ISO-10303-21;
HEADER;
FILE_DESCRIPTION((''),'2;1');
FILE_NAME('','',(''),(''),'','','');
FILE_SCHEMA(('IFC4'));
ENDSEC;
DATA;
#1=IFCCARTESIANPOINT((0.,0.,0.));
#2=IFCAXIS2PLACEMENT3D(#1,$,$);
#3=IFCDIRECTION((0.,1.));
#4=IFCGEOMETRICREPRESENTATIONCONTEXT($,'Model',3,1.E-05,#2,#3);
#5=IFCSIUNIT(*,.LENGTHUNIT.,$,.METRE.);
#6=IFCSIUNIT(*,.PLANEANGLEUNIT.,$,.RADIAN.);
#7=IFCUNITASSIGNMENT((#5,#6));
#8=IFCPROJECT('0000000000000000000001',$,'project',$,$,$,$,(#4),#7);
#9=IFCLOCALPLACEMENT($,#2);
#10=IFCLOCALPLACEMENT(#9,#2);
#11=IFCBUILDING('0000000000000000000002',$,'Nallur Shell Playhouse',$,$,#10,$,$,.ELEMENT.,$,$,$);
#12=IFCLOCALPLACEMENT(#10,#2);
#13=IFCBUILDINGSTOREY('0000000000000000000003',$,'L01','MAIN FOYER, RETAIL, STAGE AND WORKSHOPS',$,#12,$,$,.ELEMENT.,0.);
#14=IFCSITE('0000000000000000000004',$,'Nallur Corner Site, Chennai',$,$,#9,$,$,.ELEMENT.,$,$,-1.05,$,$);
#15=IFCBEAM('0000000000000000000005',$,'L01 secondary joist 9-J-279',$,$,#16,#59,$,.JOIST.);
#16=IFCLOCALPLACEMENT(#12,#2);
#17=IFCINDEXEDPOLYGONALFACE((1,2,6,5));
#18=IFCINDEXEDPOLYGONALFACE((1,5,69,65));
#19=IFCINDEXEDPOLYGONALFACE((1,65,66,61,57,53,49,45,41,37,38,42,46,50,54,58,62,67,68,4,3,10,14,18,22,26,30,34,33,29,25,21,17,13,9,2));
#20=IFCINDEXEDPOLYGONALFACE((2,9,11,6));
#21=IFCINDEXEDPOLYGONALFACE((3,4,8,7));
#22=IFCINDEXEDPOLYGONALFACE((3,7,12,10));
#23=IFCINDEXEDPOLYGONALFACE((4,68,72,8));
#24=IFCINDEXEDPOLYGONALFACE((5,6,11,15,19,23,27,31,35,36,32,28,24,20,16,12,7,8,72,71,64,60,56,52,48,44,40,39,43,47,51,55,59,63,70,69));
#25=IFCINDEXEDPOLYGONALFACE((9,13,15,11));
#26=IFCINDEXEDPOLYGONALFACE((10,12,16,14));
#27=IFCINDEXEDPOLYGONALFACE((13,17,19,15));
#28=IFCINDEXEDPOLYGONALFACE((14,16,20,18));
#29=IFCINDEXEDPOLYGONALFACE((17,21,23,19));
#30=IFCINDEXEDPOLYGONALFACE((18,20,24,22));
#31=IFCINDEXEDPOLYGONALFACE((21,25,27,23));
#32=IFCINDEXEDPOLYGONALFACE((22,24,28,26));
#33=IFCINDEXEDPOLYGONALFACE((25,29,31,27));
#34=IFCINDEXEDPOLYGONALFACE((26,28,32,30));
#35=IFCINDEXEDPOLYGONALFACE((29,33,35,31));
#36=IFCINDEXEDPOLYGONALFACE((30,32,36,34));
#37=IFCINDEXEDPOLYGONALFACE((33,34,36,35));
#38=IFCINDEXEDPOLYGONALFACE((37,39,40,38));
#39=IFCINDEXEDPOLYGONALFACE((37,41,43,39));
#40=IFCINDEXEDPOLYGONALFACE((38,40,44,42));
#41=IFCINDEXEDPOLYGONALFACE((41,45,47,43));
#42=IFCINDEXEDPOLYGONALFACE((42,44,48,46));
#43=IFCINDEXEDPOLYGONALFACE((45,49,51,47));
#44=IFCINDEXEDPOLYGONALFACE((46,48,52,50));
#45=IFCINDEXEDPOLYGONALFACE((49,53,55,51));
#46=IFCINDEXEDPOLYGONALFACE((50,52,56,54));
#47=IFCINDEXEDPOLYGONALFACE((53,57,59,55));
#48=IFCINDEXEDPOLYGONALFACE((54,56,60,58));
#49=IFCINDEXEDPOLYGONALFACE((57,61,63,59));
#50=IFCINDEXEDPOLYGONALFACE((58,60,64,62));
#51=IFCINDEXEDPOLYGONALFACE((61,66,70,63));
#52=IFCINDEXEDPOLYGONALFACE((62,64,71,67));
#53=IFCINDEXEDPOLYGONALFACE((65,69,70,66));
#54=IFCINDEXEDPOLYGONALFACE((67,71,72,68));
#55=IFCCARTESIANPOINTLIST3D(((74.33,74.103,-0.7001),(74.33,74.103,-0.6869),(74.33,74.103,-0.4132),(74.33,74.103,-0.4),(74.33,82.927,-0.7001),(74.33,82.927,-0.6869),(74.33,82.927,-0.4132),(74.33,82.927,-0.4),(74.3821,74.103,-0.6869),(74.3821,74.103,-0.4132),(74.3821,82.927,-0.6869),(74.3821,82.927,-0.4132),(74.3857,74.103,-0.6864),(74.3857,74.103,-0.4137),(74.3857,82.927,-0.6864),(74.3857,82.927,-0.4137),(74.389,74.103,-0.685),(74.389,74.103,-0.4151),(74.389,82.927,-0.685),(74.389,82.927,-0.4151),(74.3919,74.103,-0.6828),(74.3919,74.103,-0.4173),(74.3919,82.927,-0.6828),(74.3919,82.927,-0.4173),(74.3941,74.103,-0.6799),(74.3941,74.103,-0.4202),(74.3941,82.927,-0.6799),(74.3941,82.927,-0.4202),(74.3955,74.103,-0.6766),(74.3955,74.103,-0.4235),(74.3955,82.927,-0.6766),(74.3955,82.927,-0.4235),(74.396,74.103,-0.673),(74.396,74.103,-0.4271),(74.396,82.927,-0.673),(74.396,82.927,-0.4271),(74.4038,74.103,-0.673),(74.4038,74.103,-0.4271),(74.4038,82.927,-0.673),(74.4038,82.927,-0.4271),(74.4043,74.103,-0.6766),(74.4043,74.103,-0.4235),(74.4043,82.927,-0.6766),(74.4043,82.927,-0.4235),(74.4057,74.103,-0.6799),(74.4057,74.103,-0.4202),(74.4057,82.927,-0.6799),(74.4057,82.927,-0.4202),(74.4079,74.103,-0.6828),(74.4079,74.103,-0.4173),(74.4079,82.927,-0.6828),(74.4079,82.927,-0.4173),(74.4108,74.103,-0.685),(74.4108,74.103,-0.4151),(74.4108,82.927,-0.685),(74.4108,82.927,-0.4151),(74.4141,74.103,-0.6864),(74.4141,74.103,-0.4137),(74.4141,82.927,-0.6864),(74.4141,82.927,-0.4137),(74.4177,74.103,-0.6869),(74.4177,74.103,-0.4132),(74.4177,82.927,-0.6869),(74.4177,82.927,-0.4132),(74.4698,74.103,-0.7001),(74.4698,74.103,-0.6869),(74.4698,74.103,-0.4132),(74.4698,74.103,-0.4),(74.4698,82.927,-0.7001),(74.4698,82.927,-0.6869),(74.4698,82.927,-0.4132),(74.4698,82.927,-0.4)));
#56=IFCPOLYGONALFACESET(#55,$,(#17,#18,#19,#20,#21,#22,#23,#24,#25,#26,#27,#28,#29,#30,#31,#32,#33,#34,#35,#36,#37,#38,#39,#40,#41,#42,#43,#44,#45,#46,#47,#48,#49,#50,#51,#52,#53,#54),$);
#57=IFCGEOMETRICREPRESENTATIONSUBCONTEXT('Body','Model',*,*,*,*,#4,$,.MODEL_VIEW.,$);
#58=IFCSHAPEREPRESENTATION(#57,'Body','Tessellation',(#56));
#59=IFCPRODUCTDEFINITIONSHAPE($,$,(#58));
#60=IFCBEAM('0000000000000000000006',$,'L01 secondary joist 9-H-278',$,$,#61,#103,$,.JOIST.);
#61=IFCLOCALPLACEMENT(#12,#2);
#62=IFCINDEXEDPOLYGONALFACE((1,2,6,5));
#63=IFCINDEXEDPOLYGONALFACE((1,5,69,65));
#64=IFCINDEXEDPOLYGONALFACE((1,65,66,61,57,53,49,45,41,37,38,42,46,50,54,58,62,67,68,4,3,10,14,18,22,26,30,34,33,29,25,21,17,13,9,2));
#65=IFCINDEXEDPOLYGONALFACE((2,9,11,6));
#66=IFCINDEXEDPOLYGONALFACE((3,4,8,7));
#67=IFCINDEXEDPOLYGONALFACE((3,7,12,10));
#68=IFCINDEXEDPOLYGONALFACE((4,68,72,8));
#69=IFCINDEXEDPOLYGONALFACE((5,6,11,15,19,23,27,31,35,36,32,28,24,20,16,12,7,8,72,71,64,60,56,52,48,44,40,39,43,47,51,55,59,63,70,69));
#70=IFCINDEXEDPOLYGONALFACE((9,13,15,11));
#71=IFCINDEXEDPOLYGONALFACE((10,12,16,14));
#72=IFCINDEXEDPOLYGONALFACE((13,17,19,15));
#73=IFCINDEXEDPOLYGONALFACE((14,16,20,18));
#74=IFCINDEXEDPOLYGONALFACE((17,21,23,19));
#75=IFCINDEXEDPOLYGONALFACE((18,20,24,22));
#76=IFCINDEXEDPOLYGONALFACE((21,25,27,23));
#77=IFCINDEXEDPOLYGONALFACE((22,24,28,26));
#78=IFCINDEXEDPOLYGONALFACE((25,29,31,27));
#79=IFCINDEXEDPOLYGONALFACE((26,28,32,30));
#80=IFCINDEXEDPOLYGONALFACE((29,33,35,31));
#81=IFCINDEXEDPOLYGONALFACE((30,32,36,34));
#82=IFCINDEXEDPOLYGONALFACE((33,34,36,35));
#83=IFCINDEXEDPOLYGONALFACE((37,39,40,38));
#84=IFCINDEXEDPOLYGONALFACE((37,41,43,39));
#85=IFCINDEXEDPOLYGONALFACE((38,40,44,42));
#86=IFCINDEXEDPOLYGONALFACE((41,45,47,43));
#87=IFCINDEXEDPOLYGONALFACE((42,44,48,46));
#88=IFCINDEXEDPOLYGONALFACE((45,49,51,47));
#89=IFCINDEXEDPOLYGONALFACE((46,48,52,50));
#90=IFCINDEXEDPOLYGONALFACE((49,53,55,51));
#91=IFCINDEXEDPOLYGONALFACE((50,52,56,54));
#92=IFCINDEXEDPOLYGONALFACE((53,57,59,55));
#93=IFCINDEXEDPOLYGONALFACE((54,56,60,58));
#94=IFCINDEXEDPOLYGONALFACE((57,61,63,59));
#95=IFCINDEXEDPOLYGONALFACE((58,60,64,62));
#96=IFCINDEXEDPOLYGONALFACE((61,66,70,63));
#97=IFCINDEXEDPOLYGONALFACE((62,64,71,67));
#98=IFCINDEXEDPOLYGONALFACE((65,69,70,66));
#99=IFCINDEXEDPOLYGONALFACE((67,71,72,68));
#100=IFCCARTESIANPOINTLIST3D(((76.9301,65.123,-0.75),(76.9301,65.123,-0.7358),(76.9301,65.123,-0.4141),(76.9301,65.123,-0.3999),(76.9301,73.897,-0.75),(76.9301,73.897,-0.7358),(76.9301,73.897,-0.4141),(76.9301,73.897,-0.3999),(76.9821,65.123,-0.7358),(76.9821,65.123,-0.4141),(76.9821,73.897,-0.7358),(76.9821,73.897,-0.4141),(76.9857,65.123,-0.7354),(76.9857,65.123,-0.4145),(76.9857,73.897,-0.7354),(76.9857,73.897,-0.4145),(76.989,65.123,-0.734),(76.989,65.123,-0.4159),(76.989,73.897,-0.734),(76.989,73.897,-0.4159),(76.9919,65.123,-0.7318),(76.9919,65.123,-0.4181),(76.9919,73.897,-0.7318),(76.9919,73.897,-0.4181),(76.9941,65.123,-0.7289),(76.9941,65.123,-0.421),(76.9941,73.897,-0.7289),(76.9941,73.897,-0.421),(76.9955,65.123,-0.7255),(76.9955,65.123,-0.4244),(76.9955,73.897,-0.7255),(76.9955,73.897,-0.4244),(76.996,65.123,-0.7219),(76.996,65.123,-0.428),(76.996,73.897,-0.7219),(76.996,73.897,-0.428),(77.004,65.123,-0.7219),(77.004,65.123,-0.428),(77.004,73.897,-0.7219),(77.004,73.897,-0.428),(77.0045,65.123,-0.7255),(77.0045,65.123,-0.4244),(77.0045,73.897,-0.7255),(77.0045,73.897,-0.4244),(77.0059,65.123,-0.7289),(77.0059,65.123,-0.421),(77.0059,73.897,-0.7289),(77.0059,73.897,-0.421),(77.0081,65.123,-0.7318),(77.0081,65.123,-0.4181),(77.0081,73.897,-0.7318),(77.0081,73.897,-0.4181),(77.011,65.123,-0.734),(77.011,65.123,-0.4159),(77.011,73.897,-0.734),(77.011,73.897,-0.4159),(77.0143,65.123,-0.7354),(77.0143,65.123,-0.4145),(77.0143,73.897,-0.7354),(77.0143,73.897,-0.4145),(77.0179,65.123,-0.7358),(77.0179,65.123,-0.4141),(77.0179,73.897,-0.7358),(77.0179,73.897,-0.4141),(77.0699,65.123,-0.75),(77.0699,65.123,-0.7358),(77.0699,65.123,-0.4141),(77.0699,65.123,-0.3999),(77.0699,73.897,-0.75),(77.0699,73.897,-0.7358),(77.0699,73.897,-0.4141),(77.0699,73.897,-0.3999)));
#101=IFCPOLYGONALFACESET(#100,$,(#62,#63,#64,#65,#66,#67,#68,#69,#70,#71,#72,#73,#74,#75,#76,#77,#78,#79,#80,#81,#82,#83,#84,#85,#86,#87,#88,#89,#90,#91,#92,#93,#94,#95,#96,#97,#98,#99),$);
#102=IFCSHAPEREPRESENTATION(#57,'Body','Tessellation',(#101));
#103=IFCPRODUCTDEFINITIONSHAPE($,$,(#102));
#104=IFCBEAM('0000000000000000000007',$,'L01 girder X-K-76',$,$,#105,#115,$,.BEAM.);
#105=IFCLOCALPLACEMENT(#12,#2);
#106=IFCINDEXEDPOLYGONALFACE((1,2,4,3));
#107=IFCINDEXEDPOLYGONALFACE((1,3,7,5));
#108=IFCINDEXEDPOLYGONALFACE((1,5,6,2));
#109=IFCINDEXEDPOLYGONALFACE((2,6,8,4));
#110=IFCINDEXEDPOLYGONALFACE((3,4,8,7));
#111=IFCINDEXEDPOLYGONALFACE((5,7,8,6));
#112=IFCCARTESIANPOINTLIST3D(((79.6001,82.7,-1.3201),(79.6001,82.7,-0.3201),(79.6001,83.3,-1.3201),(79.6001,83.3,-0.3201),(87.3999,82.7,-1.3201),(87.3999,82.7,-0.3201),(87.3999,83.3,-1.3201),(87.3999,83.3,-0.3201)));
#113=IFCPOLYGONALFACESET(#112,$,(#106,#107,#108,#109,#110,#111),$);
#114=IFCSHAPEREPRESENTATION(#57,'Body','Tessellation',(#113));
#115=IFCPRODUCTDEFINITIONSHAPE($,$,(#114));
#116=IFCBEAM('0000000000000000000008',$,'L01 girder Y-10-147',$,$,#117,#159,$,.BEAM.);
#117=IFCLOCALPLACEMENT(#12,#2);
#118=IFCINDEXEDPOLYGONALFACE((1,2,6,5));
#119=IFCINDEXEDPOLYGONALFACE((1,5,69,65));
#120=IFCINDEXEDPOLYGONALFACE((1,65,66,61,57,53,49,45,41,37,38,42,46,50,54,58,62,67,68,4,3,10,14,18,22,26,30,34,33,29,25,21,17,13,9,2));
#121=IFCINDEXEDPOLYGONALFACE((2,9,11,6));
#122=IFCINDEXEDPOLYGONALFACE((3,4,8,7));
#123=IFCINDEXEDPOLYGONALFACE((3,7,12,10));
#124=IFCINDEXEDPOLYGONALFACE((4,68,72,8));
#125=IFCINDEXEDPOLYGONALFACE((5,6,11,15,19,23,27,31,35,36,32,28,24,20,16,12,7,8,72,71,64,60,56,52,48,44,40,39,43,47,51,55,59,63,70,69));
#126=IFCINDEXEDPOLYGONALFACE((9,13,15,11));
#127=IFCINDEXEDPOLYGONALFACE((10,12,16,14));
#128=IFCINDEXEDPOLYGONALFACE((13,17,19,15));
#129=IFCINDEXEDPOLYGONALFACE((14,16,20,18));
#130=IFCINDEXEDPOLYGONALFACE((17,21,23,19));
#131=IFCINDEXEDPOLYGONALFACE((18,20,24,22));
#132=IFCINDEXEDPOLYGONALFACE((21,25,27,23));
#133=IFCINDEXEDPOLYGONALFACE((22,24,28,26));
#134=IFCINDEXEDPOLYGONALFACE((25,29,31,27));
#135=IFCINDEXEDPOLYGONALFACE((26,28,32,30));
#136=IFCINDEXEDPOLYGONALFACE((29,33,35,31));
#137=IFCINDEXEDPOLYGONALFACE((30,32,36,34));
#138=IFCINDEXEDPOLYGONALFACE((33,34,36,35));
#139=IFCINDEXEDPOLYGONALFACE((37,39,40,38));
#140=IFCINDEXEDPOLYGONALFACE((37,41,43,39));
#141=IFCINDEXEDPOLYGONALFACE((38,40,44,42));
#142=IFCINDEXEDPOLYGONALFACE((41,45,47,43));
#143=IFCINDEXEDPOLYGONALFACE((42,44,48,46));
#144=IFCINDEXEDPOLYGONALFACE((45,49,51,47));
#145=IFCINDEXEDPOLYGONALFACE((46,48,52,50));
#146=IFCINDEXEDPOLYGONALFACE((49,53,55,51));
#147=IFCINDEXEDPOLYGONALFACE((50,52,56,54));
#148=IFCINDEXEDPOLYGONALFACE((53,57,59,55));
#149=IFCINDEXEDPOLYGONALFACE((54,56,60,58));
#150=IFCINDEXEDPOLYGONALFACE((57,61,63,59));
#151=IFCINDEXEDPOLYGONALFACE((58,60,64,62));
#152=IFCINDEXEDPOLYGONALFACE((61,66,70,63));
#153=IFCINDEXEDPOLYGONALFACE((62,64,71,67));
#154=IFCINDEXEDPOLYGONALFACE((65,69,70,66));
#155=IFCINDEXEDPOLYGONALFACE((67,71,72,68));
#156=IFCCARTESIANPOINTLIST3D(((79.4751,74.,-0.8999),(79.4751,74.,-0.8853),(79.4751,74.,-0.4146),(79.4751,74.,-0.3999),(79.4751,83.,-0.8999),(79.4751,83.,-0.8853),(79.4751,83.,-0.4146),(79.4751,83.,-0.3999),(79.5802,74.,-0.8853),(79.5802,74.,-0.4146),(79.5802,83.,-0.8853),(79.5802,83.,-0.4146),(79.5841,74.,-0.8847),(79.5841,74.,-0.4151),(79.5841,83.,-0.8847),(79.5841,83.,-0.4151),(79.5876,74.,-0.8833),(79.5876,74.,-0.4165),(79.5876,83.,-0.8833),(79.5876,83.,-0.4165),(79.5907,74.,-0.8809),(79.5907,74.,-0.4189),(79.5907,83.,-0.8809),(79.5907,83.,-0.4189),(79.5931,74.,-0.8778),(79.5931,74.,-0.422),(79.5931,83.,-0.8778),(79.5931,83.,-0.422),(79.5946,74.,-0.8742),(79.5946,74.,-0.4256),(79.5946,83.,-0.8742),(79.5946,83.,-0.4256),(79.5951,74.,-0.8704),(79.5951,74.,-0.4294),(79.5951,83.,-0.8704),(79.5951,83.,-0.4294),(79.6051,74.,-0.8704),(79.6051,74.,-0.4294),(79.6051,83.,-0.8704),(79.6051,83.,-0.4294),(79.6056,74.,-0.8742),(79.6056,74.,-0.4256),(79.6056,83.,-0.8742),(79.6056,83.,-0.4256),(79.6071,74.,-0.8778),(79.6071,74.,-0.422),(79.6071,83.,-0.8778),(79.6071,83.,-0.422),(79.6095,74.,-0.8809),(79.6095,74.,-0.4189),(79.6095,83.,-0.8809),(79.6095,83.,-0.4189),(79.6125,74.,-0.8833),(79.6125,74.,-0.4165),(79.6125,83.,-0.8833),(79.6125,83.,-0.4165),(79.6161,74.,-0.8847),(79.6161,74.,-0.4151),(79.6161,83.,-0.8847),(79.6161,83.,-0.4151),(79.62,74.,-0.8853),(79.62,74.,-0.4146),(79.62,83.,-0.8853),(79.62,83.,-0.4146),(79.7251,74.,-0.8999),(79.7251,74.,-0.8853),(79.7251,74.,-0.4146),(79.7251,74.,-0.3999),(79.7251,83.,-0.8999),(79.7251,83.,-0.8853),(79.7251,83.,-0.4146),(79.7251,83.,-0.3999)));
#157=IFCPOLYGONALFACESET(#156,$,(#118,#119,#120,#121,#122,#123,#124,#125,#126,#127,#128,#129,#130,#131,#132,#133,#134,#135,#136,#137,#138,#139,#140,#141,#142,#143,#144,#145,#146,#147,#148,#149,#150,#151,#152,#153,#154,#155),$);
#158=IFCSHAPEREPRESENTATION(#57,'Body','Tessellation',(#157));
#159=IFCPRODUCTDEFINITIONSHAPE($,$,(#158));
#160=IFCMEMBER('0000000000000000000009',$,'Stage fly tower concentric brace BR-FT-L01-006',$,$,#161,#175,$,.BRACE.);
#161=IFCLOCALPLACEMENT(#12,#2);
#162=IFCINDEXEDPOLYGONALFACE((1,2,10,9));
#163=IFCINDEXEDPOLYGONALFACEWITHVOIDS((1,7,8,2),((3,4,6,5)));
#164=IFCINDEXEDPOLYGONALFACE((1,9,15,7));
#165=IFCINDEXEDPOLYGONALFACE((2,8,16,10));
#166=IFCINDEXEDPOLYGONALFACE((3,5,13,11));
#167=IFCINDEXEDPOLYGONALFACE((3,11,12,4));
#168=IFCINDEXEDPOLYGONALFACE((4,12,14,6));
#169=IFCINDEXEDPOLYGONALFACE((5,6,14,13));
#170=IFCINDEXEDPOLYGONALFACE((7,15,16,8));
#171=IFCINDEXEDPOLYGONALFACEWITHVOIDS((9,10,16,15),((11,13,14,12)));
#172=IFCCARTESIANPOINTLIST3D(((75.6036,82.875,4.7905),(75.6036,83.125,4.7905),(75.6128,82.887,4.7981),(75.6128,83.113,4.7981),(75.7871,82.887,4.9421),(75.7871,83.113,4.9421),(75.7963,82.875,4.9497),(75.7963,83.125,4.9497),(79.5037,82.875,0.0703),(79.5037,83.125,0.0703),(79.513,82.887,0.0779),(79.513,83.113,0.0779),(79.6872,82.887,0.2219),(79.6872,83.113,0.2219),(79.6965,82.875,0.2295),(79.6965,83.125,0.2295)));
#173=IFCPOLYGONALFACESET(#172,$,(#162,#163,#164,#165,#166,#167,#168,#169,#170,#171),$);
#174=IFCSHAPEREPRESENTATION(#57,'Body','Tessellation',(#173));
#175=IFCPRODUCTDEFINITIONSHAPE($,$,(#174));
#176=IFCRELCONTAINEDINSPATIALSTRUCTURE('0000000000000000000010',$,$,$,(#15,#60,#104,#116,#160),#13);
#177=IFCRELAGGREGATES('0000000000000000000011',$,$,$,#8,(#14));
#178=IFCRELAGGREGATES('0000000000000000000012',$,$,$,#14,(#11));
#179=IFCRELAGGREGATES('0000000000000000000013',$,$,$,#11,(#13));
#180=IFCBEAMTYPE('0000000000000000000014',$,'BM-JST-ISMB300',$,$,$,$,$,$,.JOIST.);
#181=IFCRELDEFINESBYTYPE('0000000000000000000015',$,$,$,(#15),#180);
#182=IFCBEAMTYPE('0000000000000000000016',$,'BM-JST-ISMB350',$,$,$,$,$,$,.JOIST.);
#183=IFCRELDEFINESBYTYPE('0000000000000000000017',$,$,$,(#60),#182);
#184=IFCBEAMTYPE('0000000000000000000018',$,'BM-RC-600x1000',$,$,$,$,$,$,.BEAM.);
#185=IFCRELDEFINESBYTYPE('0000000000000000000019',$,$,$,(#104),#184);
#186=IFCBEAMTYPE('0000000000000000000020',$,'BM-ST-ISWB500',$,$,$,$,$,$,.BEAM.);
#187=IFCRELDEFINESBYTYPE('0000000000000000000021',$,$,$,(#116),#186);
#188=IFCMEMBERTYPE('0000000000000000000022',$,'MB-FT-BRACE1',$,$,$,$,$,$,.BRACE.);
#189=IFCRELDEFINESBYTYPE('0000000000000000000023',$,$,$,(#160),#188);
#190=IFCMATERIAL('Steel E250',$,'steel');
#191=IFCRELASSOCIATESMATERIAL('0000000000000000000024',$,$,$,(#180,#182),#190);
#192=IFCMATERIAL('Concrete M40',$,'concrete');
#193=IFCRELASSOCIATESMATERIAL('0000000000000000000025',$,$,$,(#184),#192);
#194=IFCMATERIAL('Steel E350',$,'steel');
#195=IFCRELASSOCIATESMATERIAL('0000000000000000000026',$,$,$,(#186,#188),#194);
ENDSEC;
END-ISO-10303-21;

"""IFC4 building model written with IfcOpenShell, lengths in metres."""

from ifc_helpers import new_model, si_unit, direction, frame, origin, origin_2d, place, context, subcontext, project, spatial, rectangle, hollow_rectangle, i_section, extrude, material, material_profile, profile_set, type_object, element, save


model = new_model("IFC4")

# Units and contexts
model_context = context("Model", 3, precision=1e-05, world=origin(), true_north=direction((0.0, 1.0)))
body_context = subcontext(model_context, "Body", "Model", "MODEL_VIEW")
ifc_project = project(units=[si_unit("LENGTHUNIT", "METRE"), si_unit("PLANEANGLEUNIT", "RADIAN")], contexts=[model_context])

# Site, building, storey
site_placement = place(None, origin())
site = spatial("IfcSite", under=ifc_project, at=site_placement, Name="Nallur Corner Site, Chennai", CompositionType="ELEMENT", RefElevation=-1.05)
building_placement = place(site_placement, origin())
building = spatial("IfcBuilding", under=site, at=building_placement, Name="Nallur Shell Playhouse", CompositionType="ELEMENT")
storey_placement = place(building_placement, origin())
storey = spatial("IfcBuildingStorey", under=building, at=storey_placement, Name="L01", Description="MAIN FOYER, RETAIL, STAGE AND WORKSHOPS", CompositionType="ELEMENT", Elevation=0.0)

# Shared definitions
ifc_material_1 = material(Name="Steel E350", Category="steel")

# Beams
ifc_material_2 = material(Name="Steel E250", Category="steel")
ifc_material_profile_1 = material_profile(ifc_material_2, i_section(OverallWidth=0.1399, OverallDepth=0.3, WebThickness=0.0078, FlangeThickness=0.0132, FilletRadius=0.0139, at=origin_2d()), Name="ISMB 300")
ifc_profile_set_1 = profile_set([ifc_material_profile_1], Name="Steel E250")
beam_type_1 = type_object("IfcBeamType", Name="BM-JST-ISMB300", PredefinedType="JOIST", material=ifc_profile_set_1)
beam_1_placement = place(storey_placement, frame((74.3999, 74.103, -0.55), z_axis=(0.0, 1.0, 0.0), x_axis=(-1.0, 0.0, 0.0)))
element("IfcBeam", 1, at=beam_1_placement, inside=storey, type_object=beam_type_1, Name="L01 secondary joist 9-J-279", PredefinedType="JOIST", context=body_context, shape_type="SweptSolid", body=[
    extrude(i_section(OverallWidth=0.1399, OverallDepth=0.3, WebThickness=0.0078, FlangeThickness=0.0132, FilletRadius=0.0139, at=origin_2d()), origin(), (0.0, 0.0, 1.0), 8.824),
])
ifc_material_profile_2 = material_profile(ifc_material_2, i_section(OverallWidth=0.1399, OverallDepth=0.3501, WebThickness=0.0081, FlangeThickness=0.0142, FilletRadius=0.0139, at=origin_2d()), Name="ISMB 350")
ifc_profile_set_2 = profile_set([ifc_material_profile_2], Name="Steel E250")
beam_type_2 = type_object("IfcBeamType", Name="BM-JST-ISMB350", PredefinedType="JOIST", material=ifc_profile_set_2)
beam_2_placement = place(storey_placement, frame((77.0, 65.123, -0.575), z_axis=(0.0, 1.0, 0.0), x_axis=(-1.0, 0.0, 0.0)))
element("IfcBeam", 2, at=beam_2_placement, inside=storey, type_object=beam_type_2, Name="L01 secondary joist 9-H-278", PredefinedType="JOIST", context=body_context, shape_type="SweptSolid", body=[
    extrude(i_section(OverallWidth=0.1399, OverallDepth=0.3501, WebThickness=0.0081, FlangeThickness=0.0142, FilletRadius=0.0139, at=origin_2d()), origin(), (0.0, 0.0, 1.0), 8.7739),
])
ifc_material_3 = material(Name="Concrete M40", Category="concrete")
ifc_material_profile_3 = material_profile(ifc_material_3, rectangle(XDim=0.6001, YDim=1.0, at=origin_2d()), Name="RC 600x1000")
ifc_profile_set_3 = profile_set([ifc_material_profile_3], Name="Concrete M40")
beam_type_3 = type_object("IfcBeamType", Name="BM-RC-600x1000", PredefinedType="BEAM", material=ifc_profile_set_3)
beam_3_placement = place(storey_placement, frame((79.6001, 83.0, -0.8201), z_axis=(1.0, 0.0, 0.0), x_axis=(0.0, 1.0, 0.0)))
element("IfcBeam", 3, at=beam_3_placement, inside=storey, type_object=beam_type_3, Name="L01 girder X-K-76", PredefinedType="BEAM", context=body_context, shape_type="SweptSolid", body=[
    extrude(rectangle(XDim=0.6001, YDim=1.0, at=origin_2d()), origin(), (0.0, 0.0, 1.0), 7.7998),
])
ifc_material_profile_4 = material_profile(ifc_material_1, i_section(OverallWidth=0.25, OverallDepth=0.5, WebThickness=0.01, FlangeThickness=0.0146, FilletRadius=0.0149, at=origin_2d()), Name="ISWB 500")
ifc_profile_set_4 = profile_set([ifc_material_profile_4], Name="Steel E350")
beam_type_4 = type_object("IfcBeamType", Name="BM-ST-ISWB500", PredefinedType="BEAM", material=ifc_profile_set_4)
beam_4_placement = place(storey_placement, frame((79.6001, 74.0, -0.6499), z_axis=(0.0, 1.0, 0.0), x_axis=(-1.0, 0.0, 0.0)))
element("IfcBeam", 4, at=beam_4_placement, inside=storey, type_object=beam_type_4, Name="L01 girder Y-10-147", PredefinedType="BEAM", context=body_context, shape_type="SweptSolid", body=[
    extrude(i_section(OverallWidth=0.25, OverallDepth=0.5, WebThickness=0.01, FlangeThickness=0.0146, FilletRadius=0.0149, at=origin_2d()), origin(), (0.0, 0.0, 1.0), 9.0),
])

# Member
ifc_material_profile_5 = material_profile(ifc_material_1, hollow_rectangle(XDim=0.25, YDim=0.25, WallThickness=0.012, at=origin_2d()), Name="SHS 250x250x12")
ifc_profile_set_5 = profile_set([ifc_material_profile_5], Name="Steel E350")
member_type = type_object("IfcMemberType", Name="MB-FT-BRACE1", PredefinedType="BRACE", material=ifc_profile_set_5)
member_placement = place(storey_placement, frame((79.6001, 83.0, 0.1499), z_axis=(-0.636963, 0.0, 0.770895), x_axis=(0.0, -1.0, 0.0)))
element("IfcMember", 5, at=member_placement, inside=storey, type_object=member_type, Name="Stage fly tower concentric brace BR-FT-L01-006", PredefinedType="BRACE", context=body_context, shape_type="SweptSolid", body=[
    extrude(hollow_rectangle(XDim=0.25, YDim=0.25, WallThickness=0.012, at=origin_2d()), origin(), (0.0, 0.0, 1.0), 6.123),
])

save(model, "model.ifc")
